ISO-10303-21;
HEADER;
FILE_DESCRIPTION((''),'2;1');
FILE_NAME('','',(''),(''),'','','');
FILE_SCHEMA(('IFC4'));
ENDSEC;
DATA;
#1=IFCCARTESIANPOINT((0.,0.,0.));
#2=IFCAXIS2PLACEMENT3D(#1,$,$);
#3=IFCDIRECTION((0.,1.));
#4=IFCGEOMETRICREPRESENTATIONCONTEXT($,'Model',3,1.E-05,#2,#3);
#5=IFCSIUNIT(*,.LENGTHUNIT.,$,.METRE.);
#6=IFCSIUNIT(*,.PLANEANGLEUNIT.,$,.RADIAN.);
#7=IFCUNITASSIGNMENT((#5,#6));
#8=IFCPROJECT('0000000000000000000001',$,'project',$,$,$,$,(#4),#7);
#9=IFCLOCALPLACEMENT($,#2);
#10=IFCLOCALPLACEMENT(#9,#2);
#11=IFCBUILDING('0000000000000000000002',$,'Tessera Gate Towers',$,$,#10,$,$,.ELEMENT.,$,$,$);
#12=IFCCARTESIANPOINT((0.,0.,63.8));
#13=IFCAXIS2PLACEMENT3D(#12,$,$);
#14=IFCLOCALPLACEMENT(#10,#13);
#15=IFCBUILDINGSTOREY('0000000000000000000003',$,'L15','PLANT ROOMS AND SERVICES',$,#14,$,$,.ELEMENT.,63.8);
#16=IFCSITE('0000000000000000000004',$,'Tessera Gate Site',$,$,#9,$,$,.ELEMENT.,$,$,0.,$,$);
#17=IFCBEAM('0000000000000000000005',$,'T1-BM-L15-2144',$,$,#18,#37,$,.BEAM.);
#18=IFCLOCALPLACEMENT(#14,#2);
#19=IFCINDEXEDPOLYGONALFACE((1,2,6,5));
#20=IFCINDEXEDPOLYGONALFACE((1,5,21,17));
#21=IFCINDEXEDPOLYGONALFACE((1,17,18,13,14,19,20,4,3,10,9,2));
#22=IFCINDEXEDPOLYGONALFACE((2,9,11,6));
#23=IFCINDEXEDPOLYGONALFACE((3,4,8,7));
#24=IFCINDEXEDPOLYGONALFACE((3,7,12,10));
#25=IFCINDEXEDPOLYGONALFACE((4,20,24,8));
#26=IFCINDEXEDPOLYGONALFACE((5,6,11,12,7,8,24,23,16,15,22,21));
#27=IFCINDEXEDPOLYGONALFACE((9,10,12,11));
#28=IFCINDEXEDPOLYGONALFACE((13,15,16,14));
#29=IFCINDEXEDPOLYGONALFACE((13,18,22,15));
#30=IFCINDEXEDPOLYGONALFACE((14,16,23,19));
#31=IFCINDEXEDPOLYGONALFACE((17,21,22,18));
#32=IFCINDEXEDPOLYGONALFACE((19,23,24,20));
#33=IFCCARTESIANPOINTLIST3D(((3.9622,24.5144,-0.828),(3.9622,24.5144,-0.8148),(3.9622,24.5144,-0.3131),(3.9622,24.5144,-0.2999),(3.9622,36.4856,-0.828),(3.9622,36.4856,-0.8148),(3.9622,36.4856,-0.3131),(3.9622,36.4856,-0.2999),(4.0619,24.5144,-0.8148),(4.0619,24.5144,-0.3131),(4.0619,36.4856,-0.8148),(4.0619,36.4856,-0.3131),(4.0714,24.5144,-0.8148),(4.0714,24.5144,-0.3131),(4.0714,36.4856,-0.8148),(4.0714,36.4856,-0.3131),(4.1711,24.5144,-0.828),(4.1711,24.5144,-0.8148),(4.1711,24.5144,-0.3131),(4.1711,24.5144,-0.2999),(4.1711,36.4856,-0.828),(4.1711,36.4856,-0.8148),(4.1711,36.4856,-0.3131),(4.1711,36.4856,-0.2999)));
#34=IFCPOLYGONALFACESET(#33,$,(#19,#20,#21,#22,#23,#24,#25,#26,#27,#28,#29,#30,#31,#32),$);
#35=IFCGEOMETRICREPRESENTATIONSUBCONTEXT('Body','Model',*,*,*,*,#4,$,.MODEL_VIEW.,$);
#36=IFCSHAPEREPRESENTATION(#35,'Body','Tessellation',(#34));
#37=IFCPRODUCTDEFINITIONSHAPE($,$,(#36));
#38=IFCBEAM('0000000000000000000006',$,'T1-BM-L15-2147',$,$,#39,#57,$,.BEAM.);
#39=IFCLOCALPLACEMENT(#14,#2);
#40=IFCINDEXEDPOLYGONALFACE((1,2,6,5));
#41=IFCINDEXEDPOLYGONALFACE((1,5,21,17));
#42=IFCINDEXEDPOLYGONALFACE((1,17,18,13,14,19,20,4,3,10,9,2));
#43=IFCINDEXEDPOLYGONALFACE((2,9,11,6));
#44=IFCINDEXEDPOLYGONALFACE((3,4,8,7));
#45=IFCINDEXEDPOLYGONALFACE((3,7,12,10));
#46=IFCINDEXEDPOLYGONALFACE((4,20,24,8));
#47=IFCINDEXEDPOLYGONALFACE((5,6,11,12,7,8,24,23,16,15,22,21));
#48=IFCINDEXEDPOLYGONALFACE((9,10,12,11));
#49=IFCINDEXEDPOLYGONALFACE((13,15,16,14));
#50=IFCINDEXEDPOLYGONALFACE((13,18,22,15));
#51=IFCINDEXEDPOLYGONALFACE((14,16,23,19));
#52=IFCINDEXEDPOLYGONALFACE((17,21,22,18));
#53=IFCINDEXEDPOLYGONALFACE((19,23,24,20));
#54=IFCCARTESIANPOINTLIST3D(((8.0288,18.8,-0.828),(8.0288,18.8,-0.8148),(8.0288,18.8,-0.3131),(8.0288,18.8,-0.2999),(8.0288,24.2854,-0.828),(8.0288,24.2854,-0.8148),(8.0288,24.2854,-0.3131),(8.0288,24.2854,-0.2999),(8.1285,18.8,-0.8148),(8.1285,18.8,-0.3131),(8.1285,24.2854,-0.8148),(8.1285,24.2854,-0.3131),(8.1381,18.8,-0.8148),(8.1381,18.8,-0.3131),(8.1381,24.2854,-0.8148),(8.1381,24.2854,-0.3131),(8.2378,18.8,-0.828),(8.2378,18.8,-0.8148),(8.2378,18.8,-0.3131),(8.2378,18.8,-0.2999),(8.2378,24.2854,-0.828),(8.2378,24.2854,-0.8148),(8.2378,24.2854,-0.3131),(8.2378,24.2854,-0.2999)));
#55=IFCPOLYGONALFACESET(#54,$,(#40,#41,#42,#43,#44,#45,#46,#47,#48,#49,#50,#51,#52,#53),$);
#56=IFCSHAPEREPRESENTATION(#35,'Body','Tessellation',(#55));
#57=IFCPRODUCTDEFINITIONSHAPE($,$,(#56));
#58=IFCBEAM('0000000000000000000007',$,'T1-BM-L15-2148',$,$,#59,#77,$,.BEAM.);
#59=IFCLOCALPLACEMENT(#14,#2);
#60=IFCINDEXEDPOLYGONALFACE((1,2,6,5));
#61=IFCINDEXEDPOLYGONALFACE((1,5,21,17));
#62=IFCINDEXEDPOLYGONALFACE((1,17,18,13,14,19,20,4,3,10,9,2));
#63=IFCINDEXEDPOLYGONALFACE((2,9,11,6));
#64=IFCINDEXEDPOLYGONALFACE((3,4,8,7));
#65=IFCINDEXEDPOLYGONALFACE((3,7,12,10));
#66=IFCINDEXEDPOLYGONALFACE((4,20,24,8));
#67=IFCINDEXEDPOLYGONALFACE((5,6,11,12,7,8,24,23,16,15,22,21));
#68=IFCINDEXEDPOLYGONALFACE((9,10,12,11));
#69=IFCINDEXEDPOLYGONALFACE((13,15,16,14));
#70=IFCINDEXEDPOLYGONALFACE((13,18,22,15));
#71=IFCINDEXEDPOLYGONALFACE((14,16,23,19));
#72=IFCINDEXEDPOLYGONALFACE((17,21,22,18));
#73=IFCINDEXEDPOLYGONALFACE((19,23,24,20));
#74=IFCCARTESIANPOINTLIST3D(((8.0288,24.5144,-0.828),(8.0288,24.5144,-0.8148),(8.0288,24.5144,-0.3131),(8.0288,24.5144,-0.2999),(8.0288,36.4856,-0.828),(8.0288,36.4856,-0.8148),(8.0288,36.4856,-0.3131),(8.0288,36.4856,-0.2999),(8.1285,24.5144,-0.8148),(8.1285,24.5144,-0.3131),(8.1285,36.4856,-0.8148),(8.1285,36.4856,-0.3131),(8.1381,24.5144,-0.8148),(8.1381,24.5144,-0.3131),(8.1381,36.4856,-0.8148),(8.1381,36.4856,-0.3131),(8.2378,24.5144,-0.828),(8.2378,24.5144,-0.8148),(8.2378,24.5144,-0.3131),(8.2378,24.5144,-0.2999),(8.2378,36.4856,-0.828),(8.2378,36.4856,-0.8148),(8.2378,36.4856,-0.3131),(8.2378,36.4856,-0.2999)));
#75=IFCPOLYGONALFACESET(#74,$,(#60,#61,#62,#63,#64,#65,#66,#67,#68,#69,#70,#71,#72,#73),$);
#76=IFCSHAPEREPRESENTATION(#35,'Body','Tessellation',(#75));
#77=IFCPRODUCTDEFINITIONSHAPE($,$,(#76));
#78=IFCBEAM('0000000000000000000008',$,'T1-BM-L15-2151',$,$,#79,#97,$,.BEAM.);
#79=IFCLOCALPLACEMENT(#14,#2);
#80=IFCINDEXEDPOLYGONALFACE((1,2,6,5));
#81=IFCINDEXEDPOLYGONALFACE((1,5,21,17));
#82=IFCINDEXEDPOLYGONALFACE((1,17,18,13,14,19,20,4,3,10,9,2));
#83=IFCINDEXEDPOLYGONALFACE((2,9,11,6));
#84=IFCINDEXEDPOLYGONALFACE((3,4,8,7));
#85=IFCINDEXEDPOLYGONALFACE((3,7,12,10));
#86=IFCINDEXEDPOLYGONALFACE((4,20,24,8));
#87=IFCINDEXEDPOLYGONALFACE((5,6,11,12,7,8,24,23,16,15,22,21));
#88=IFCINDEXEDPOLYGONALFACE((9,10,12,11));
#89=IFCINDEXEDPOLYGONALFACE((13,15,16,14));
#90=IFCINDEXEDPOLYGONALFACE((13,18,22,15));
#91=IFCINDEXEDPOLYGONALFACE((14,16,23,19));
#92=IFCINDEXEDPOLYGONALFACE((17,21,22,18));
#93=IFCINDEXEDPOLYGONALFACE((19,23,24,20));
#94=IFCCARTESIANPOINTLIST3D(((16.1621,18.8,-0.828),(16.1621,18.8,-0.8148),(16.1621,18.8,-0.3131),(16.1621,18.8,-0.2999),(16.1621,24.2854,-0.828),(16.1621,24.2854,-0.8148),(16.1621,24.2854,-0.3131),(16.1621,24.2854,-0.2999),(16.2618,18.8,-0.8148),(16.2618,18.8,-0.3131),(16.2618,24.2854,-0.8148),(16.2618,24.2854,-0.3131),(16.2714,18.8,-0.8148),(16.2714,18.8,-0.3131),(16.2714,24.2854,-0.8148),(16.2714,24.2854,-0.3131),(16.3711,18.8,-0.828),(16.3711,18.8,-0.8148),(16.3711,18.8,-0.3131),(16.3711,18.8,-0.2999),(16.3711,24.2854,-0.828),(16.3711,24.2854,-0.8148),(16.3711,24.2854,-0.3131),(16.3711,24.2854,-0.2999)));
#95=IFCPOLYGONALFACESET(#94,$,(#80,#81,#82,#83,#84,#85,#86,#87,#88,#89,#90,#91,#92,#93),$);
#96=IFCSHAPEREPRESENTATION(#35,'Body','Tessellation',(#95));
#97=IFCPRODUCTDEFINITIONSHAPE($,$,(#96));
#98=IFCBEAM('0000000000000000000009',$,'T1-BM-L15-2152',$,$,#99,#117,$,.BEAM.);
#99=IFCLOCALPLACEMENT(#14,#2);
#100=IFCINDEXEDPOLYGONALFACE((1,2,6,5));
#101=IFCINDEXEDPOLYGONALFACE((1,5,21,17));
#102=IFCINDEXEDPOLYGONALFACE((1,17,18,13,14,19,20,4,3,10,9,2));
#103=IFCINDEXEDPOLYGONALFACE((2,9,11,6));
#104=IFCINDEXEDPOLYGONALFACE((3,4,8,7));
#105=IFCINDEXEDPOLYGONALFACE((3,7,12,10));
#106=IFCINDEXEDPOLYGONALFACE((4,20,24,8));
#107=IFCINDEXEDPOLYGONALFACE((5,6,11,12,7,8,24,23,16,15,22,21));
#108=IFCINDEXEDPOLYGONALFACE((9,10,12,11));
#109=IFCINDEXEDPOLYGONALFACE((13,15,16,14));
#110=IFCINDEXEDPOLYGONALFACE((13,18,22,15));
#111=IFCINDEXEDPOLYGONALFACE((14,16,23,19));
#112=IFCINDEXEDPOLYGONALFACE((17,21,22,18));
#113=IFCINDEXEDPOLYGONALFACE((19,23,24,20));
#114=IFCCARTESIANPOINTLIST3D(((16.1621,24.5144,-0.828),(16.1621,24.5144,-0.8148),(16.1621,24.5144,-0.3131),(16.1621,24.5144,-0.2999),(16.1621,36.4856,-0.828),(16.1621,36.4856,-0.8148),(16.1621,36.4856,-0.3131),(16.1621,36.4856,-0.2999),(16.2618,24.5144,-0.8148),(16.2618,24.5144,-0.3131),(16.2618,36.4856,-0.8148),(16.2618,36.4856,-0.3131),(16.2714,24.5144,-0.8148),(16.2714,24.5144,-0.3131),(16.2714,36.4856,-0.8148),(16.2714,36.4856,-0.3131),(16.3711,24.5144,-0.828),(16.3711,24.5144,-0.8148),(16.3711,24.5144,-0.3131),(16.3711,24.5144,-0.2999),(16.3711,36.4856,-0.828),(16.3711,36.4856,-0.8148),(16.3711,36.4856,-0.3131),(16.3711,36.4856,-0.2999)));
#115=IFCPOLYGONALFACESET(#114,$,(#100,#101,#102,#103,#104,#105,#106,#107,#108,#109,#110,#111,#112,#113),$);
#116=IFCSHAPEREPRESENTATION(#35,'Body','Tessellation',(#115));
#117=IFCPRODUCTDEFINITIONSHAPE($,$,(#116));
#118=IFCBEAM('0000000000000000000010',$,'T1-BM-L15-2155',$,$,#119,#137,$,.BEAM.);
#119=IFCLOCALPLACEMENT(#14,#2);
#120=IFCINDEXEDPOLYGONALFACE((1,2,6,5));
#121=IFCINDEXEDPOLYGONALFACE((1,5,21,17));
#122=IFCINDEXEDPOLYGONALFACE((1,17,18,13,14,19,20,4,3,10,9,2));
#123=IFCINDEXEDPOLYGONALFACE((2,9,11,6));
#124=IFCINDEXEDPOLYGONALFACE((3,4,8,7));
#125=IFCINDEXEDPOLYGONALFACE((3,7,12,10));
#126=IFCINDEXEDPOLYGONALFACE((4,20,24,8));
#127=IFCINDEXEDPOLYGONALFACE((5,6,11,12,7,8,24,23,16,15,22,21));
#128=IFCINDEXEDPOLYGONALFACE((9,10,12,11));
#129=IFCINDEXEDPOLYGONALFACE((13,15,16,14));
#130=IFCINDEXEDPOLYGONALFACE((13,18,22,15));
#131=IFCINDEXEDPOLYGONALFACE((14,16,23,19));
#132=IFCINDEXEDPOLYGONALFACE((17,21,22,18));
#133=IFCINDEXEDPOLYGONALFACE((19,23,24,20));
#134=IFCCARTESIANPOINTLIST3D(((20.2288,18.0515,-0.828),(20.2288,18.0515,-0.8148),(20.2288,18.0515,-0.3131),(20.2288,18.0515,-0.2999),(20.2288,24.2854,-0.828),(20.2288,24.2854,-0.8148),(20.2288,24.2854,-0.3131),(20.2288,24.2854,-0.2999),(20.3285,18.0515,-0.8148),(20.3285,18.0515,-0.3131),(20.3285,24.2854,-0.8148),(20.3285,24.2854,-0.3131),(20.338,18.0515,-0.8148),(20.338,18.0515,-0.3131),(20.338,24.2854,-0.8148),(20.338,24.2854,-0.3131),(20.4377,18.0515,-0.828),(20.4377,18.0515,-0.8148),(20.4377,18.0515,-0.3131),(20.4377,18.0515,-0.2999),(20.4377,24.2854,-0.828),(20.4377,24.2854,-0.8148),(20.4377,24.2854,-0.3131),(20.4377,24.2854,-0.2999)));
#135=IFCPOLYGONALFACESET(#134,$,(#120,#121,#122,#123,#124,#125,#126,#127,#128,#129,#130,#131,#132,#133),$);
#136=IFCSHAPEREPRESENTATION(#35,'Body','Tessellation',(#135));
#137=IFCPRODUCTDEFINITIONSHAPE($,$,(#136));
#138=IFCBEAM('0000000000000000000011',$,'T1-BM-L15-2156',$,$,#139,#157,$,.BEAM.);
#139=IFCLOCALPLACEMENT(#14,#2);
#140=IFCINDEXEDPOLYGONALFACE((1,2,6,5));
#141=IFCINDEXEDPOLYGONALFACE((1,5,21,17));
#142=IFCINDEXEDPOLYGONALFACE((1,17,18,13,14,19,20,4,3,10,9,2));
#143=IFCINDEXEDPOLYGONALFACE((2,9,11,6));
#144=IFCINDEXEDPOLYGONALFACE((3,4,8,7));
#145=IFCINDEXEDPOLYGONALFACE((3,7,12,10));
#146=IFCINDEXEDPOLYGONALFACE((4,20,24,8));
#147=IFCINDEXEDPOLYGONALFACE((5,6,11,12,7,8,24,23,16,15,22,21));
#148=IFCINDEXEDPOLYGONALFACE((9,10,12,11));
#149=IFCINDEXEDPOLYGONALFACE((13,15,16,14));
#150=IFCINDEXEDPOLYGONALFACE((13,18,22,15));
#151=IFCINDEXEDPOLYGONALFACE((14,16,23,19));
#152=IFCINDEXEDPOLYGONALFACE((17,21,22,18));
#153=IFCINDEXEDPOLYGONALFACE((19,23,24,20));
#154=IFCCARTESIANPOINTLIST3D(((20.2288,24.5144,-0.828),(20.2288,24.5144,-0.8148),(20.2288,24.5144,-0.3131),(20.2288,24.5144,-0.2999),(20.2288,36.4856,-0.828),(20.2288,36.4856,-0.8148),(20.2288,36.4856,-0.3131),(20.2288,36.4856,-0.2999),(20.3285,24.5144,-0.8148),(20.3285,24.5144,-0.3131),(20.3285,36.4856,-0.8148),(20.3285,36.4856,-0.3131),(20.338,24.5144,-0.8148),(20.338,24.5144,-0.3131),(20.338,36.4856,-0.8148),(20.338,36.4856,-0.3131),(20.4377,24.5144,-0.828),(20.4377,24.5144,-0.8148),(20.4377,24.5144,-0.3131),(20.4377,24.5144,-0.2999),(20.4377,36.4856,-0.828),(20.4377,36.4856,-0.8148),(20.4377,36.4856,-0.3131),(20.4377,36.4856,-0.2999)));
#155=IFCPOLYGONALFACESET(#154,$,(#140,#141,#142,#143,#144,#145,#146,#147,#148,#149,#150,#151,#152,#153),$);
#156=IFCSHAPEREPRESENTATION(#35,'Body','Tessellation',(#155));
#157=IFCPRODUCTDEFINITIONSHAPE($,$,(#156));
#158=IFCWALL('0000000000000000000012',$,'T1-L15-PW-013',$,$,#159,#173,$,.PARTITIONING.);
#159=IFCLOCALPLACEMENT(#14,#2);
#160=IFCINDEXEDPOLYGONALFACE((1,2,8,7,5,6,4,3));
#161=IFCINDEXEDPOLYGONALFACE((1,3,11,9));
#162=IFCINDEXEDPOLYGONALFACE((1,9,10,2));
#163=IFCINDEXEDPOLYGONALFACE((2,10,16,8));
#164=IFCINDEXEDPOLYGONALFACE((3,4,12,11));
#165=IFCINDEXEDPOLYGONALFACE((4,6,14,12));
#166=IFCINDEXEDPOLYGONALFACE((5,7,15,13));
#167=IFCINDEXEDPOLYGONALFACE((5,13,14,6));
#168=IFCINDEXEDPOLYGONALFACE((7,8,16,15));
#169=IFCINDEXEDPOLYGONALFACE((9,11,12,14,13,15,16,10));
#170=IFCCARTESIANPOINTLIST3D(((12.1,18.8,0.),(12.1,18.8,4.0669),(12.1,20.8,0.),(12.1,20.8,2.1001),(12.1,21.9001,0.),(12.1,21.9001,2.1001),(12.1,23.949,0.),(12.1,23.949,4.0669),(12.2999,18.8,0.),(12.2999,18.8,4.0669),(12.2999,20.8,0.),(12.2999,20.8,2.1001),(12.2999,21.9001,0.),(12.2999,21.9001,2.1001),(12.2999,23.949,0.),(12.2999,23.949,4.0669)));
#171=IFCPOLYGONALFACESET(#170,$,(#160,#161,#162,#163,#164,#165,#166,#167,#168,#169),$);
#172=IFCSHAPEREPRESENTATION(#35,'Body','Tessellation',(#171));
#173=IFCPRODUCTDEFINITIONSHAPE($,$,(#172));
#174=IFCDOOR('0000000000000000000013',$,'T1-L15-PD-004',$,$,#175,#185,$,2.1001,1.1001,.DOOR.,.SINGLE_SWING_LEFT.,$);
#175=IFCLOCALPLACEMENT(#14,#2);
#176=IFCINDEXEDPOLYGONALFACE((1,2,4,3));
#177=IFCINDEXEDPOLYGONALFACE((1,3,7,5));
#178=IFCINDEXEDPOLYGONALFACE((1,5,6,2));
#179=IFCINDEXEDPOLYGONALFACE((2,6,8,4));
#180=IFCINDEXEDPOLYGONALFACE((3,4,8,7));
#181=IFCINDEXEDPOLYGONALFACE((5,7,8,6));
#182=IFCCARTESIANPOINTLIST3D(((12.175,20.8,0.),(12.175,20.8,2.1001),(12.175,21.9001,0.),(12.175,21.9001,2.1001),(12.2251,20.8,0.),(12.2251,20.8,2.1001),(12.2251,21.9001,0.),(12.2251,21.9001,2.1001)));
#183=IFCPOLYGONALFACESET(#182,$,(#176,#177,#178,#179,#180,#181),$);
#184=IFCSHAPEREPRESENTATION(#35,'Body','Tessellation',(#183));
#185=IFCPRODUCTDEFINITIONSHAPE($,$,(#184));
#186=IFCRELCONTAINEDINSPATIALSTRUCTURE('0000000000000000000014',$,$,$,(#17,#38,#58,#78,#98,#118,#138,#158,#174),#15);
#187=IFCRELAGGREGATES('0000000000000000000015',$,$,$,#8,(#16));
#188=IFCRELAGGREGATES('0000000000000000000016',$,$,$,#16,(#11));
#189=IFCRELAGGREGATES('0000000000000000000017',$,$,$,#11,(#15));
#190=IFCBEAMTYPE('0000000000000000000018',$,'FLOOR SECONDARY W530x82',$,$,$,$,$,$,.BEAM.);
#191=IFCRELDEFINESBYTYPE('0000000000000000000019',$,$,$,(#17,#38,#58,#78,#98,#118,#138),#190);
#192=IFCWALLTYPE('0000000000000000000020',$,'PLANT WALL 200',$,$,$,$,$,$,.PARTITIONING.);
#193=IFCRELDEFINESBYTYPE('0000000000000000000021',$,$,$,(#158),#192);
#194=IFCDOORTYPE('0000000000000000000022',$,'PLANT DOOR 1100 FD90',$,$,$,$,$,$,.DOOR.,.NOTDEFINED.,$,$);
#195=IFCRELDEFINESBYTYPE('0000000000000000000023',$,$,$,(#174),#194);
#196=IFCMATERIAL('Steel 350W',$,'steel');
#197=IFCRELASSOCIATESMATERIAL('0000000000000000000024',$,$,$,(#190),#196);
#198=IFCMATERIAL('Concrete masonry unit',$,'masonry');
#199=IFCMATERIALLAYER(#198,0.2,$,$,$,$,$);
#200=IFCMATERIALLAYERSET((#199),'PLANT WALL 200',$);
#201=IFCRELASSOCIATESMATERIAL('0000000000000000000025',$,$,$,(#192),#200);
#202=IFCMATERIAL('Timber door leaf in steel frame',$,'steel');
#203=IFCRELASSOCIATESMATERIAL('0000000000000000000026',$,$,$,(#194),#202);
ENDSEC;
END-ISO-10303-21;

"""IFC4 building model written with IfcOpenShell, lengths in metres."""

from ifc_helpers import new_model, si_unit, direction, frame, frame_2d, origin, origin_2d, place, context, subcontext, project, spatial, rectangle, i_section, extrude, source, transform, mapped, material, layer, layer_set, material_profile, profile_set, type_object, element, fill, save


model = new_model("IFC4")

# Units and contexts
model_context = context("Model", 3, precision=1e-05, world=origin(), true_north=direction((0.0, 1.0)))
body_context = subcontext(model_context, "Body", "Model", "MODEL_VIEW")
ifc_project = project(units=[si_unit("LENGTHUNIT", "METRE"), si_unit("PLANEANGLEUNIT", "RADIAN")], contexts=[model_context])

# Site, building, storey
site_placement = place(None, origin())
site = spatial("IfcSite", under=ifc_project, at=site_placement, Name="Tessera Gate Site", CompositionType="ELEMENT", RefElevation=0.0)
building_placement = place(site_placement, origin())
building = spatial("IfcBuilding", under=site, at=building_placement, Name="Tessera Gate Towers", CompositionType="ELEMENT")
storey_placement = place(building_placement, frame((0.0, 0.0, 63.8)))
storey = spatial("IfcBuildingStorey", under=building, at=storey_placement, Name="L15", Description="PLANT ROOMS AND SERVICES", CompositionType="ELEMENT", Elevation=63.8)

# Beams
ifc_material_1 = material(Name="Steel 350W", Category="steel")
ifc_material_profile_1 = material_profile(ifc_material_1, i_section(OverallWidth=0.209, OverallDepth=0.5281, WebThickness=0.0095, FlangeThickness=0.0132, at=origin_2d()), Name="W530x82")
ifc_profile_set_1 = profile_set([ifc_material_profile_1], Name="Steel 350W")
beam_type_1 = type_object("IfcBeamType", Name="FLOOR SECONDARY W530x82", PredefinedType="BEAM", material=ifc_profile_set_1)
beam_1_placement = place(storey_placement, frame((4.0667, 24.5144, -0.564), z_axis=(0.0, 1.0, 0.0), x_axis=(-1.0, 0.0, 0.0)))
element("IfcBeam", 1, at=beam_1_placement, inside=storey, type_object=beam_type_1, Name="T1-BM-L15-2144", PredefinedType="BEAM", context=body_context, shape_type="SweptSolid", body=[
    extrude(i_section(OverallWidth=0.209, OverallDepth=0.5281, WebThickness=0.0095, FlangeThickness=0.0132, at=origin_2d()), origin(), (0.0, 0.0, 1.0), 11.9712),
])
beam_2_placement = place(storey_placement, frame((8.1333, 18.8, -0.564), z_axis=(0.0, 1.0, 0.0), x_axis=(-1.0, 0.0, 0.0)))
element("IfcBeam", 2, at=beam_2_placement, inside=storey, type_object=beam_type_1, Name="T1-BM-L15-2147", PredefinedType="BEAM", context=body_context, shape_type="SweptSolid", body=[
    extrude(i_section(OverallWidth=0.209, OverallDepth=0.5281, WebThickness=0.0095, FlangeThickness=0.0132, at=origin_2d()), origin(), (0.0, 0.0, 1.0), 5.4854),
])
beam_3_placement = place(storey_placement, frame((8.1333, 24.5144, -0.564), z_axis=(0.0, 1.0, 0.0), x_axis=(-1.0, 0.0, 0.0)))
element("IfcBeam", 3, at=beam_3_placement, inside=storey, type_object=beam_type_1, Name="T1-BM-L15-2148", PredefinedType="BEAM", context=body_context, shape_type="SweptSolid", body=[
    extrude(i_section(OverallWidth=0.209, OverallDepth=0.5281, WebThickness=0.0095, FlangeThickness=0.0132, at=origin_2d()), origin(), (0.0, 0.0, 1.0), 11.9712),
])
beam_4_placement = place(storey_placement, frame((16.2666, 18.8, -0.564), z_axis=(0.0, 1.0, 0.0), x_axis=(-1.0, 0.0, 0.0)))
element("IfcBeam", 4, at=beam_4_placement, inside=storey, type_object=beam_type_1, Name="T1-BM-L15-2151", PredefinedType="BEAM", context=body_context, shape_type="SweptSolid", body=[
    extrude(i_section(OverallWidth=0.209, OverallDepth=0.5281, WebThickness=0.0095, FlangeThickness=0.0132, at=origin_2d()), origin(), (0.0, 0.0, 1.0), 5.4854),
])
beam_5_placement = place(storey_placement, frame((16.2666, 24.5144, -0.564), z_axis=(0.0, 1.0, 0.0), x_axis=(-1.0, 0.0, 0.0)))
element("IfcBeam", 5, at=beam_5_placement, inside=storey, type_object=beam_type_1, Name="T1-BM-L15-2152", PredefinedType="BEAM", context=body_context, shape_type="SweptSolid", body=[
    extrude(i_section(OverallWidth=0.209, OverallDepth=0.5281, WebThickness=0.0095, FlangeThickness=0.0132, at=origin_2d()), origin(), (0.0, 0.0, 1.0), 11.9712),
])
beam_6_placement = place(storey_placement, frame((20.3333, 18.0515, -0.564), z_axis=(0.0, 1.0, 0.0), x_axis=(-1.0, 0.0, 0.0)))
element("IfcBeam", 6, at=beam_6_placement, inside=storey, type_object=beam_type_1, Name="T1-BM-L15-2155", PredefinedType="BEAM", context=body_context, shape_type="SweptSolid", body=[
    extrude(i_section(OverallWidth=0.209, OverallDepth=0.5281, WebThickness=0.0095, FlangeThickness=0.0132, at=origin_2d()), origin(), (0.0, 0.0, 1.0), 6.2339),
])
beam_7_placement = place(storey_placement, frame((20.3333, 24.5144, -0.564), z_axis=(0.0, 1.0, 0.0), x_axis=(-1.0, 0.0, 0.0)))
element("IfcBeam", 7, at=beam_7_placement, inside=storey, type_object=beam_type_1, Name="T1-BM-L15-2156", PredefinedType="BEAM", context=body_context, shape_type="SweptSolid", body=[
    extrude(i_section(OverallWidth=0.209, OverallDepth=0.5281, WebThickness=0.0095, FlangeThickness=0.0132, at=origin_2d()), origin(), (0.0, 0.0, 1.0), 11.9712),
])

# Wall, opening, door
ifc_material_2 = material(Name="Concrete masonry unit", Category="masonry")
ifc_layer = layer(ifc_material_2, 0.2)
ifc_layer_set = layer_set([ifc_layer], Name="PLANT WALL 200")
wall_type = type_object("IfcWallType", Name="PLANT WALL 200", PredefinedType="PARTITIONING", material=ifc_layer_set)
wall_1_placement = place(storey_placement, frame((12.2, 18.8, 0.0), z_axis=(0.0, 0.0, 1.0), x_axis=(0.0, 1.0, 0.0)))
wall_1 = element("IfcWall", 8, at=wall_1_placement, inside=storey, type_object=wall_type, Name="T1-L15-PW-013", PredefinedType="PARTITIONING", context=body_context, shape_type="SweptSolid", body=[
    extrude(rectangle(XDim=5.1489, YDim=0.2, at=frame_2d((2.5745, 0.0))), origin(), (0.0, 0.0, 1.0), 4.0669),
])
shared_shape_1 = source(origin(), body_context, "Body", "SweptSolid", [
    extrude(rectangle(XDim=1.1001, YDim=2.1001, at=frame_2d((0.55, 1.05))), frame((0.0, 0.1099, 0.0), z_axis=(0.0, -1.0, 0.0), x_axis=(1.0, 0.0, 0.0)), (0.0, 0.0, 1.0), 0.22),
])
opening_1_placement = place(wall_1_placement, frame((2.0, 0.0, 0.0)))
opening_1 = element("IfcOpeningElement", 9, at=opening_1_placement, cuts=wall_1, PredefinedType="OPENING", context=body_context, shape_type="MappedRepresentation", body=[
    mapped(shared_shape_1, transform((0.0, 0.0, 0.0), scale=1.0)),
])
ifc_material_3 = material(Name="Timber door leaf in steel frame", Category="steel")
door_type = type_object("IfcDoorType", Name="PLANT DOOR 1100 FD90", OperationType="NOTDEFINED", PredefinedType="DOOR", material=ifc_material_3)
shared_shape_2 = source(origin(), body_context, "Body", "SweptSolid", [
    extrude(rectangle(XDim=1.1001, YDim=2.1001, at=frame_2d((0.55, 1.05))), frame((0.0, 0.0249, 0.0), z_axis=(0.0, -1.0, 0.0), x_axis=(1.0, 0.0, 0.0)), (0.0, 0.0, 1.0), 0.05),
])
door_1_placement = place(opening_1_placement, origin())
door_1 = element("IfcDoor", 10, at=door_1_placement, inside=storey, type_object=door_type, Name="T1-L15-PD-004", OperationType="SINGLE_SWING_LEFT", OverallHeight=2.1001, OverallWidth=1.1001, PredefinedType="DOOR", context=body_context, shape_type="MappedRepresentation", body=[
    mapped(shared_shape_2, transform((0.0, 0.0, 0.0), scale=1.0)),
])
fill(opening_1, door_1)

save(model, "model.ifc")
